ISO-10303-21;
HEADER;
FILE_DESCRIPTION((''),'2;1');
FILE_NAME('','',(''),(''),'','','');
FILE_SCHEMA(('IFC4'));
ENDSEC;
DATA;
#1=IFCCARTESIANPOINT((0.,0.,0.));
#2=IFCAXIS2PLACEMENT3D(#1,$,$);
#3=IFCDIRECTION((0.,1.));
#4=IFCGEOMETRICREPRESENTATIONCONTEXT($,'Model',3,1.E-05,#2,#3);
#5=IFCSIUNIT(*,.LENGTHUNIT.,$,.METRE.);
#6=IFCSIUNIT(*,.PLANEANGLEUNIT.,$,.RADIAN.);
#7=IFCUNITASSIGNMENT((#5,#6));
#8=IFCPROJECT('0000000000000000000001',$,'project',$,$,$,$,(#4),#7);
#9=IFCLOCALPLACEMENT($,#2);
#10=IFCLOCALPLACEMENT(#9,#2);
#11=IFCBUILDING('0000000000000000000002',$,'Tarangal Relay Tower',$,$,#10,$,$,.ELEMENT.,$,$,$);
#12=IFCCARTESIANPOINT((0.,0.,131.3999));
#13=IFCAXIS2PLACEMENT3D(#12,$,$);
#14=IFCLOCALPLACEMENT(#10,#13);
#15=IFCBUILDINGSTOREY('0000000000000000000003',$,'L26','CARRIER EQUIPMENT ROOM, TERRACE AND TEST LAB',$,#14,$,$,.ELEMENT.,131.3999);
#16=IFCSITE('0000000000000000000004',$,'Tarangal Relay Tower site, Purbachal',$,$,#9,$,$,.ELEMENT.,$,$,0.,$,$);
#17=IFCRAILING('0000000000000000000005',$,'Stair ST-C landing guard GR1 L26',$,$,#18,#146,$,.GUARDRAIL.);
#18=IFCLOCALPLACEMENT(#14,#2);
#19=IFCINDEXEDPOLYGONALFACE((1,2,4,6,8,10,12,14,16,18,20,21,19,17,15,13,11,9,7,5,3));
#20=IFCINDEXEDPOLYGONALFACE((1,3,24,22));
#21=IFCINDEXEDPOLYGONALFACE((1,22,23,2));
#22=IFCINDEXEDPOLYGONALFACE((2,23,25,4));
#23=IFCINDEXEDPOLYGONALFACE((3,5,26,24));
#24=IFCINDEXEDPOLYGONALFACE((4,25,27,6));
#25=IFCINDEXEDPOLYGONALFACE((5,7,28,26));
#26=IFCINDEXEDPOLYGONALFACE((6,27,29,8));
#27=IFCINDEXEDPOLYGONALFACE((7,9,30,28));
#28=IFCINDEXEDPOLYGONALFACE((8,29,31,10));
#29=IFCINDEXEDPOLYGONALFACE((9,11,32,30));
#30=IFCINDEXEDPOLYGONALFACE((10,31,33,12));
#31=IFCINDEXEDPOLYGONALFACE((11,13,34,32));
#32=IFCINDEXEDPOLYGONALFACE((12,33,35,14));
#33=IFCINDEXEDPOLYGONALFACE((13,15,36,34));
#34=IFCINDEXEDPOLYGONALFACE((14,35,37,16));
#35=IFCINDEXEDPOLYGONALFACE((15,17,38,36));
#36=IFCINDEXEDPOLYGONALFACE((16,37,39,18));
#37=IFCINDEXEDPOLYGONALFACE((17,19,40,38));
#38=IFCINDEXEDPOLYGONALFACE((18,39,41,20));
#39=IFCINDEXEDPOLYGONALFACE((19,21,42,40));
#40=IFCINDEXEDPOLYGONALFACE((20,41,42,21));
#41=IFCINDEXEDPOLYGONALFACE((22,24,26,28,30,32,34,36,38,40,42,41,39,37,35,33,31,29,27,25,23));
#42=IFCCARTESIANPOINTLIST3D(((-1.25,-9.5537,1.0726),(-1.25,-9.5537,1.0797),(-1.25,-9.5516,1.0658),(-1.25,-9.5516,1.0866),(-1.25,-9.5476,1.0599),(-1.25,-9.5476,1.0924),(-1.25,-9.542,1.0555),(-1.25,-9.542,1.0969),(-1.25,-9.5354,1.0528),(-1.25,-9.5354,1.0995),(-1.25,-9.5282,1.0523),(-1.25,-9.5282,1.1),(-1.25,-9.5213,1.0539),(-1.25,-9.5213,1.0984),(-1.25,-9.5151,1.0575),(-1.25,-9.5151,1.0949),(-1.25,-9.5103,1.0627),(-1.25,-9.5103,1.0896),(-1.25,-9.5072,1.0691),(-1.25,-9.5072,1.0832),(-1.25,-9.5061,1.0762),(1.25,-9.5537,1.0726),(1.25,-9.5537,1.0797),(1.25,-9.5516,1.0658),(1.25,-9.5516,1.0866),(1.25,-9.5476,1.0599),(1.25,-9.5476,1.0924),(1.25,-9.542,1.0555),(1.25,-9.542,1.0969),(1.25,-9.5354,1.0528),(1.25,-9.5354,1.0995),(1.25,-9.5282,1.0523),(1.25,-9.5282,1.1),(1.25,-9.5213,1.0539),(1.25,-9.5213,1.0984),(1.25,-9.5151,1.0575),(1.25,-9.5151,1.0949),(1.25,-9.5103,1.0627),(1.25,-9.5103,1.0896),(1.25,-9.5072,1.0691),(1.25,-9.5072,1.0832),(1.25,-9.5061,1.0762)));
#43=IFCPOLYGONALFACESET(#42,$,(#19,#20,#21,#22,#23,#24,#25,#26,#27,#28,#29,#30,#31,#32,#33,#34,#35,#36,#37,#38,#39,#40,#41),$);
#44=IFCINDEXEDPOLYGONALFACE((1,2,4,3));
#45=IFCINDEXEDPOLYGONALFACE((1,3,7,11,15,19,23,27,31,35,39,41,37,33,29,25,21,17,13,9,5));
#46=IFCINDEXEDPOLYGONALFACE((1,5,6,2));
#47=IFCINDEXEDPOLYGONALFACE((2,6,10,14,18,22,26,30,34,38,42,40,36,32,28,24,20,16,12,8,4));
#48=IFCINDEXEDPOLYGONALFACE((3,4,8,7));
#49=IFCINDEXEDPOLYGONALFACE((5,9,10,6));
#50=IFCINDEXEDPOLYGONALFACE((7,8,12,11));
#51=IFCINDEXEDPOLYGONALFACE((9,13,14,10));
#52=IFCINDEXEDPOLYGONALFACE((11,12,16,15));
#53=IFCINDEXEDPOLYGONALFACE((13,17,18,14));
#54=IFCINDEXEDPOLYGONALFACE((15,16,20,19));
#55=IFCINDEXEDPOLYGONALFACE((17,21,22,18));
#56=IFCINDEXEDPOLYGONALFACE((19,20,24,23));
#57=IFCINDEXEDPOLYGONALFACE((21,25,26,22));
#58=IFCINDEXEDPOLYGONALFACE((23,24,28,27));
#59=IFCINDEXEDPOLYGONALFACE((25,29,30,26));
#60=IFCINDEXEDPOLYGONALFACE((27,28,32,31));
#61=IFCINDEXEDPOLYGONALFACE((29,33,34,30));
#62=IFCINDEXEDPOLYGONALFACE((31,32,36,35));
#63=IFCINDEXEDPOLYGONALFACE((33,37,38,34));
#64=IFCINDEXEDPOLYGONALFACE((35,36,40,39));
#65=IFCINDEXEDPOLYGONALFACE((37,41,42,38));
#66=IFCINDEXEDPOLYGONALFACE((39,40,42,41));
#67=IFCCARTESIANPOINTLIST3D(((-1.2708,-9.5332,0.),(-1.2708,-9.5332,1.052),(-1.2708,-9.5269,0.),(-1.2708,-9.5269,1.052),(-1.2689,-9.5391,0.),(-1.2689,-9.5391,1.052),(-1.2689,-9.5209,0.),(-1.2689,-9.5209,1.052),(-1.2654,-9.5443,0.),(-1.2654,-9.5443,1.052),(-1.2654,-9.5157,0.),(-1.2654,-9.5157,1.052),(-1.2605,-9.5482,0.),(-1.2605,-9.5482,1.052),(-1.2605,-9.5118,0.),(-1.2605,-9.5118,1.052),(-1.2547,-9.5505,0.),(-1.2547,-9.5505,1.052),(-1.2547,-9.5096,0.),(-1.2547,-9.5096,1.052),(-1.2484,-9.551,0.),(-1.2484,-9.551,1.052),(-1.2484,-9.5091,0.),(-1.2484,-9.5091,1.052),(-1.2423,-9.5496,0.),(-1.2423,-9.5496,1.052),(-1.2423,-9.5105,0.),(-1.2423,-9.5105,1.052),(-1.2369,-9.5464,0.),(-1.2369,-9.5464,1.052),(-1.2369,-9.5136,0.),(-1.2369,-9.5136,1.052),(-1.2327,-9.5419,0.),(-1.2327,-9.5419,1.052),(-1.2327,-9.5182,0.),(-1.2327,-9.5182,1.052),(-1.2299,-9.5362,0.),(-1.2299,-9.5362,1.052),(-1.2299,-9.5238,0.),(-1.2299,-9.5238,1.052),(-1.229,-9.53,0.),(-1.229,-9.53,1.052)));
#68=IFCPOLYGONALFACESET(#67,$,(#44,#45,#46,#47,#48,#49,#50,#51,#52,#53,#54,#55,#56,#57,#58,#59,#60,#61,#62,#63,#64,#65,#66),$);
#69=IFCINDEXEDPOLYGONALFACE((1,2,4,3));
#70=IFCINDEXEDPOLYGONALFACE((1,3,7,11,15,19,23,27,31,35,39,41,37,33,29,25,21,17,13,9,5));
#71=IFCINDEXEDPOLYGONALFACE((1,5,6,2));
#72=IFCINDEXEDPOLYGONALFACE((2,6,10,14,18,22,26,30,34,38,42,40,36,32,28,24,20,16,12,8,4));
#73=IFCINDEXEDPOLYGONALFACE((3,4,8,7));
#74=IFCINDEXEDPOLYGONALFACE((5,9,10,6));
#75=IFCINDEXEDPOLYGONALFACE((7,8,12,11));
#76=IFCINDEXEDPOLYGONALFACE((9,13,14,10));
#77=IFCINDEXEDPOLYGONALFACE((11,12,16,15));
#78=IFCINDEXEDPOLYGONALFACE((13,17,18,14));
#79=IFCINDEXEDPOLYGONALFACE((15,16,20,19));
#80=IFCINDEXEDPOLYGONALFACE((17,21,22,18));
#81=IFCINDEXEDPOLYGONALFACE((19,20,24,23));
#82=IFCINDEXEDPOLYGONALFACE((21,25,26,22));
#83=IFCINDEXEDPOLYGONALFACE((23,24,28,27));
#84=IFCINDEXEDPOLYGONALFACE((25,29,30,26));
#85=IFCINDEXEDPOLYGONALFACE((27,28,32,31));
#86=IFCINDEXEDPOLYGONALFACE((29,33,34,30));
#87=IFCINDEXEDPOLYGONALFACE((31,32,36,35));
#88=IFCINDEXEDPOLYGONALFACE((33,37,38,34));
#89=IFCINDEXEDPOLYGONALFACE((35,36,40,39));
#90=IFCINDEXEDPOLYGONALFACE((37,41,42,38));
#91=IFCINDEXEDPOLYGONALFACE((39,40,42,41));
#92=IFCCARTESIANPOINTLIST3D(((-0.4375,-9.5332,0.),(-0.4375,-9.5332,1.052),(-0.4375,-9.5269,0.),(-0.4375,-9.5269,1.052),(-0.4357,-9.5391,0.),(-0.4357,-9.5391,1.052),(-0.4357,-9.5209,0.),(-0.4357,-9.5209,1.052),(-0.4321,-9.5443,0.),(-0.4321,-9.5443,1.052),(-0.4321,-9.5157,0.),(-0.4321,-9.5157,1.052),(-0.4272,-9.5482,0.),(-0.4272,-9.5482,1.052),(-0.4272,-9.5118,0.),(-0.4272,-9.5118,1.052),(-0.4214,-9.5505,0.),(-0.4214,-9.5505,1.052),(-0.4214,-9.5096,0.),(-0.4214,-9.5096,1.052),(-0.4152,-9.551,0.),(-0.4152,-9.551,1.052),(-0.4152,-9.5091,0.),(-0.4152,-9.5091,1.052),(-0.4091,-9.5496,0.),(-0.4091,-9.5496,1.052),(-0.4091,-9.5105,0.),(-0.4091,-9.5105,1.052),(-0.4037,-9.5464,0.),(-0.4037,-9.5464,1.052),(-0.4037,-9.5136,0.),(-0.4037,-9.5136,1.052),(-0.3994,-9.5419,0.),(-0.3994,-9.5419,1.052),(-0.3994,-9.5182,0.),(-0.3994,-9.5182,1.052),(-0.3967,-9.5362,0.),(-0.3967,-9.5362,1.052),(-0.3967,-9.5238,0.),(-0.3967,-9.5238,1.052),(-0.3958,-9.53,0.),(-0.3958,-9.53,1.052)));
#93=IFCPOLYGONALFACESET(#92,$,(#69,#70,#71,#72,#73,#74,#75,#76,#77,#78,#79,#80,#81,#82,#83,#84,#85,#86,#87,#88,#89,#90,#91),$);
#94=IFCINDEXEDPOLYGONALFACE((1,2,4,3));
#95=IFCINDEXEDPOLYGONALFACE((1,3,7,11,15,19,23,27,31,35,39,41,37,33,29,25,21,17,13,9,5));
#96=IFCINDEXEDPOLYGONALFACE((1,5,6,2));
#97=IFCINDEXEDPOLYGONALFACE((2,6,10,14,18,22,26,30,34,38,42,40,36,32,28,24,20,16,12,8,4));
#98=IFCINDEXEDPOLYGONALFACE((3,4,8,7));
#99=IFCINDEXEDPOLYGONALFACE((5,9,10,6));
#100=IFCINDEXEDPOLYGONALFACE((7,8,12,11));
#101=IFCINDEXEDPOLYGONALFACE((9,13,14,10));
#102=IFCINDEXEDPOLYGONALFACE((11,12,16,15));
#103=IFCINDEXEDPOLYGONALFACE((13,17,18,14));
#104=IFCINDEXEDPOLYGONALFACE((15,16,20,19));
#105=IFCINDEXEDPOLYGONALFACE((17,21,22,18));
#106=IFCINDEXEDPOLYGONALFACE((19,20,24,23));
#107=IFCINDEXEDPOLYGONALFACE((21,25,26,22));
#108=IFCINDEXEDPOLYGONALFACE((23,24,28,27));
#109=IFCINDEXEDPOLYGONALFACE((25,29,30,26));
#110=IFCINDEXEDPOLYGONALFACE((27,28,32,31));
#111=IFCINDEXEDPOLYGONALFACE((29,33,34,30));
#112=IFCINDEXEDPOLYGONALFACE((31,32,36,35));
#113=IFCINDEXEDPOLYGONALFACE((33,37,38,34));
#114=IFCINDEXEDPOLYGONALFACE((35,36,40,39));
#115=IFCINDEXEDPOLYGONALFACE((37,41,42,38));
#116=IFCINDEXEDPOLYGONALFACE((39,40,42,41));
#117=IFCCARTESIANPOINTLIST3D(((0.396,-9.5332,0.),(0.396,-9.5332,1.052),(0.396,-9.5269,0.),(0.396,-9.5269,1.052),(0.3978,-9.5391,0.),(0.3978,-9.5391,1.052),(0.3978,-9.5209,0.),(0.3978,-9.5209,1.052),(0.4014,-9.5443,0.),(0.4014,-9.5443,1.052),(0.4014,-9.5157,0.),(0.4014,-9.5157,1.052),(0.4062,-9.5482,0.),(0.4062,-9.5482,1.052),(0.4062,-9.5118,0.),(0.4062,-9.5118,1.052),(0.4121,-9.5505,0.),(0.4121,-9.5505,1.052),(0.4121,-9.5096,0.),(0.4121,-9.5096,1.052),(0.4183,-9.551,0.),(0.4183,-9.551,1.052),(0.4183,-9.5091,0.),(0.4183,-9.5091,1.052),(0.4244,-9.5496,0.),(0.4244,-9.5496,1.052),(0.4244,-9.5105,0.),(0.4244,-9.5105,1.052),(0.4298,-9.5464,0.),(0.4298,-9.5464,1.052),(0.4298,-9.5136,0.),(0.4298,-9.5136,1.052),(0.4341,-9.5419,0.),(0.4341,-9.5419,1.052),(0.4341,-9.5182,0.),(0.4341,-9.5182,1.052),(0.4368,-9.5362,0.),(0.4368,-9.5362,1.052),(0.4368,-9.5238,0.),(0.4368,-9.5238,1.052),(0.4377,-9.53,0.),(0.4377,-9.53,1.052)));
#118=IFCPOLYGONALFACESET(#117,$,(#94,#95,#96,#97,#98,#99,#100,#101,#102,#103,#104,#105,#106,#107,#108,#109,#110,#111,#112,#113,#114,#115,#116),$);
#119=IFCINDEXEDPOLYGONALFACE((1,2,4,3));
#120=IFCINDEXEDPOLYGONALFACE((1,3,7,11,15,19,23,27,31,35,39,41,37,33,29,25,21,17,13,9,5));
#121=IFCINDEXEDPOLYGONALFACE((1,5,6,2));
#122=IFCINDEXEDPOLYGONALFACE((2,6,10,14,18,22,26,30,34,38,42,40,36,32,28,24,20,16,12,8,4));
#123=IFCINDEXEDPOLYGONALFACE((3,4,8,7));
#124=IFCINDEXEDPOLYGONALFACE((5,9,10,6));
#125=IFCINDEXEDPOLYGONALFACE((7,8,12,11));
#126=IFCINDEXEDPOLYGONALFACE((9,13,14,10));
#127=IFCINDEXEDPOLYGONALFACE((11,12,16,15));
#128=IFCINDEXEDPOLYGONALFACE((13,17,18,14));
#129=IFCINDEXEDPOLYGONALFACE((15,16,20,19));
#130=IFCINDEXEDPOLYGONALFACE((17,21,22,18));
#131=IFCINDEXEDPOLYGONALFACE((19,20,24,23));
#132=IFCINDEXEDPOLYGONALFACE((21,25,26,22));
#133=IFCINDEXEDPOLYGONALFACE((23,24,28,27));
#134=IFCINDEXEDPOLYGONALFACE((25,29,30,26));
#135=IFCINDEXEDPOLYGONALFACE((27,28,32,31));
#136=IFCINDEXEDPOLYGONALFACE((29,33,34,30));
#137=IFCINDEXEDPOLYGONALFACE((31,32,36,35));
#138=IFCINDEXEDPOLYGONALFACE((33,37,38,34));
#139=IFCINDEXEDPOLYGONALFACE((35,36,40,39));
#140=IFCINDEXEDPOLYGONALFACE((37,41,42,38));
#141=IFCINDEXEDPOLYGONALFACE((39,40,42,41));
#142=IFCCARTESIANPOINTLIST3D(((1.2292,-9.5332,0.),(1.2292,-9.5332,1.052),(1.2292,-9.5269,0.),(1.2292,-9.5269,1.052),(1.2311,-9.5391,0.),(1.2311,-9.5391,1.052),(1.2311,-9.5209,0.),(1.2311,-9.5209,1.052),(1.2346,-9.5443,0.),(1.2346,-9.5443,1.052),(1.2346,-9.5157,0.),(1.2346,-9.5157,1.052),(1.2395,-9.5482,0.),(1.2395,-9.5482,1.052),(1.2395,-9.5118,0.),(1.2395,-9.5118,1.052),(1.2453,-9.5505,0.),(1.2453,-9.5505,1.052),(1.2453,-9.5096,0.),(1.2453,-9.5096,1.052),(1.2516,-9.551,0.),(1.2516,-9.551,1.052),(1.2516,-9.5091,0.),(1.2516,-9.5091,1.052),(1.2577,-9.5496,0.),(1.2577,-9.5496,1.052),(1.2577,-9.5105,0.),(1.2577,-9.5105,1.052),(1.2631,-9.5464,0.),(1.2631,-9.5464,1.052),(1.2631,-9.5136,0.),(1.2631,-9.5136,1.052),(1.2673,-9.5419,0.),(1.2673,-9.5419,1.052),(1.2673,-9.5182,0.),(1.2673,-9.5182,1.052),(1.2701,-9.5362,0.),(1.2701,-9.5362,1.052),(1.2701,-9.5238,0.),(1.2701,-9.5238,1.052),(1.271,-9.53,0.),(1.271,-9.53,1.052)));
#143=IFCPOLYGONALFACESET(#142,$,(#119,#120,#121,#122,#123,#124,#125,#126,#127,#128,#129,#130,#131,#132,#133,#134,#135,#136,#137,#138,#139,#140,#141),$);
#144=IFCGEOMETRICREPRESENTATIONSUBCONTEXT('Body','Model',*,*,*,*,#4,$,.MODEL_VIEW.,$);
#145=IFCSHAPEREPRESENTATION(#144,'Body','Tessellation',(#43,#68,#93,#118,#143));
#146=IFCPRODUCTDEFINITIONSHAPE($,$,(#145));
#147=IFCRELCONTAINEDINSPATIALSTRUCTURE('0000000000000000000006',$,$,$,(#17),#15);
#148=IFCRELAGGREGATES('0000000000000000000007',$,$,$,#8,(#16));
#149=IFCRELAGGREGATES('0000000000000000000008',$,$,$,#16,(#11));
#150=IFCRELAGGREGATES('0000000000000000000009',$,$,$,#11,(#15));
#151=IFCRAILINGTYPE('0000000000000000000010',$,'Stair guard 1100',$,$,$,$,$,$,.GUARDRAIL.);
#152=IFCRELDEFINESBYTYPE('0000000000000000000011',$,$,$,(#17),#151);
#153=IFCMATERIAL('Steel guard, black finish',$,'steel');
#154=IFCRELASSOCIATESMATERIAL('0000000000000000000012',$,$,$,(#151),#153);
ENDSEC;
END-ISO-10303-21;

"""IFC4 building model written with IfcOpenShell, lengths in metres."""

from ifc_helpers import new_model, si_unit, direction, frame, origin, origin_2d, place, context, subcontext, project, spatial, circle, extrude, material, type_object, element, save


model = new_model("IFC4")

# Units and contexts
model_context = context("Model", 3, precision=1e-05, world=origin(), true_north=direction((0.0, 1.0)))
body_context = subcontext(model_context, "Body", "Model", "MODEL_VIEW")
ifc_project = project(units=[si_unit("LENGTHUNIT", "METRE"), si_unit("PLANEANGLEUNIT", "RADIAN")], contexts=[model_context])

# Site, building, storey
site_placement = place(None, origin())
site = spatial("IfcSite", under=ifc_project, at=site_placement, Name="Tarangal Relay Tower site, Purbachal", CompositionType="ELEMENT", RefElevation=0.0)
building_placement = place(site_placement, origin())
building = spatial("IfcBuilding", under=site, at=building_placement, Name="Tarangal Relay Tower", CompositionType="ELEMENT")
storey_placement = place(building_placement, frame((0.0, 0.0, 131.3999)))
storey = spatial("IfcBuildingStorey", under=building, at=storey_placement, Name="L26", Description="CARRIER EQUIPMENT ROOM, TERRACE AND TEST LAB", CompositionType="ELEMENT", Elevation=131.3999)

# Railing
ifc_material_1 = material(Name="Steel guard, black finish", Category="steel")
railing_type_1 = type_object("IfcRailingType", Name="Stair guard 1100", PredefinedType="GUARDRAIL", material=ifc_material_1)
for number, where, name in (
    (1, (-1.25, -9.53, 0.0), "Stair ST-C landing guard GR1 L26"),
):
    element("IfcRailing", number, at=place(storey_placement, frame(where)), inside=storey, type_object=railing_type_1, Name=name, PredefinedType="GUARDRAIL", context=body_context, shape_type="SweptSolid", body=[
        extrude(circle(Radius=0.0239, at=origin_2d()), frame((0.0, 0.0, 1.0762), z_axis=(1.0, 0.0, 0.0), x_axis=(0.0, 1.0, 0.0)), (0.0, 0.0, 1.0), 2.5),
        extrude(circle(Radius=0.021, at=origin_2d()), origin(), (0.0, 0.0, 1.0), 1.052),
        extrude(circle(Radius=0.021, at=origin_2d()), frame((0.8333, 0.0, 0.0)), (0.0, 0.0, 1.0), 1.052),
        extrude(circle(Radius=0.021, at=origin_2d()), frame((1.6667, 0.0, 0.0)), (0.0, 0.0, 1.0), 1.052),
        extrude(circle(Radius=0.021, at=origin_2d()), frame((2.5, 0.0, 0.0)), (0.0, 0.0, 1.0), 1.052),
    ])

save(model, "model.ifc")
